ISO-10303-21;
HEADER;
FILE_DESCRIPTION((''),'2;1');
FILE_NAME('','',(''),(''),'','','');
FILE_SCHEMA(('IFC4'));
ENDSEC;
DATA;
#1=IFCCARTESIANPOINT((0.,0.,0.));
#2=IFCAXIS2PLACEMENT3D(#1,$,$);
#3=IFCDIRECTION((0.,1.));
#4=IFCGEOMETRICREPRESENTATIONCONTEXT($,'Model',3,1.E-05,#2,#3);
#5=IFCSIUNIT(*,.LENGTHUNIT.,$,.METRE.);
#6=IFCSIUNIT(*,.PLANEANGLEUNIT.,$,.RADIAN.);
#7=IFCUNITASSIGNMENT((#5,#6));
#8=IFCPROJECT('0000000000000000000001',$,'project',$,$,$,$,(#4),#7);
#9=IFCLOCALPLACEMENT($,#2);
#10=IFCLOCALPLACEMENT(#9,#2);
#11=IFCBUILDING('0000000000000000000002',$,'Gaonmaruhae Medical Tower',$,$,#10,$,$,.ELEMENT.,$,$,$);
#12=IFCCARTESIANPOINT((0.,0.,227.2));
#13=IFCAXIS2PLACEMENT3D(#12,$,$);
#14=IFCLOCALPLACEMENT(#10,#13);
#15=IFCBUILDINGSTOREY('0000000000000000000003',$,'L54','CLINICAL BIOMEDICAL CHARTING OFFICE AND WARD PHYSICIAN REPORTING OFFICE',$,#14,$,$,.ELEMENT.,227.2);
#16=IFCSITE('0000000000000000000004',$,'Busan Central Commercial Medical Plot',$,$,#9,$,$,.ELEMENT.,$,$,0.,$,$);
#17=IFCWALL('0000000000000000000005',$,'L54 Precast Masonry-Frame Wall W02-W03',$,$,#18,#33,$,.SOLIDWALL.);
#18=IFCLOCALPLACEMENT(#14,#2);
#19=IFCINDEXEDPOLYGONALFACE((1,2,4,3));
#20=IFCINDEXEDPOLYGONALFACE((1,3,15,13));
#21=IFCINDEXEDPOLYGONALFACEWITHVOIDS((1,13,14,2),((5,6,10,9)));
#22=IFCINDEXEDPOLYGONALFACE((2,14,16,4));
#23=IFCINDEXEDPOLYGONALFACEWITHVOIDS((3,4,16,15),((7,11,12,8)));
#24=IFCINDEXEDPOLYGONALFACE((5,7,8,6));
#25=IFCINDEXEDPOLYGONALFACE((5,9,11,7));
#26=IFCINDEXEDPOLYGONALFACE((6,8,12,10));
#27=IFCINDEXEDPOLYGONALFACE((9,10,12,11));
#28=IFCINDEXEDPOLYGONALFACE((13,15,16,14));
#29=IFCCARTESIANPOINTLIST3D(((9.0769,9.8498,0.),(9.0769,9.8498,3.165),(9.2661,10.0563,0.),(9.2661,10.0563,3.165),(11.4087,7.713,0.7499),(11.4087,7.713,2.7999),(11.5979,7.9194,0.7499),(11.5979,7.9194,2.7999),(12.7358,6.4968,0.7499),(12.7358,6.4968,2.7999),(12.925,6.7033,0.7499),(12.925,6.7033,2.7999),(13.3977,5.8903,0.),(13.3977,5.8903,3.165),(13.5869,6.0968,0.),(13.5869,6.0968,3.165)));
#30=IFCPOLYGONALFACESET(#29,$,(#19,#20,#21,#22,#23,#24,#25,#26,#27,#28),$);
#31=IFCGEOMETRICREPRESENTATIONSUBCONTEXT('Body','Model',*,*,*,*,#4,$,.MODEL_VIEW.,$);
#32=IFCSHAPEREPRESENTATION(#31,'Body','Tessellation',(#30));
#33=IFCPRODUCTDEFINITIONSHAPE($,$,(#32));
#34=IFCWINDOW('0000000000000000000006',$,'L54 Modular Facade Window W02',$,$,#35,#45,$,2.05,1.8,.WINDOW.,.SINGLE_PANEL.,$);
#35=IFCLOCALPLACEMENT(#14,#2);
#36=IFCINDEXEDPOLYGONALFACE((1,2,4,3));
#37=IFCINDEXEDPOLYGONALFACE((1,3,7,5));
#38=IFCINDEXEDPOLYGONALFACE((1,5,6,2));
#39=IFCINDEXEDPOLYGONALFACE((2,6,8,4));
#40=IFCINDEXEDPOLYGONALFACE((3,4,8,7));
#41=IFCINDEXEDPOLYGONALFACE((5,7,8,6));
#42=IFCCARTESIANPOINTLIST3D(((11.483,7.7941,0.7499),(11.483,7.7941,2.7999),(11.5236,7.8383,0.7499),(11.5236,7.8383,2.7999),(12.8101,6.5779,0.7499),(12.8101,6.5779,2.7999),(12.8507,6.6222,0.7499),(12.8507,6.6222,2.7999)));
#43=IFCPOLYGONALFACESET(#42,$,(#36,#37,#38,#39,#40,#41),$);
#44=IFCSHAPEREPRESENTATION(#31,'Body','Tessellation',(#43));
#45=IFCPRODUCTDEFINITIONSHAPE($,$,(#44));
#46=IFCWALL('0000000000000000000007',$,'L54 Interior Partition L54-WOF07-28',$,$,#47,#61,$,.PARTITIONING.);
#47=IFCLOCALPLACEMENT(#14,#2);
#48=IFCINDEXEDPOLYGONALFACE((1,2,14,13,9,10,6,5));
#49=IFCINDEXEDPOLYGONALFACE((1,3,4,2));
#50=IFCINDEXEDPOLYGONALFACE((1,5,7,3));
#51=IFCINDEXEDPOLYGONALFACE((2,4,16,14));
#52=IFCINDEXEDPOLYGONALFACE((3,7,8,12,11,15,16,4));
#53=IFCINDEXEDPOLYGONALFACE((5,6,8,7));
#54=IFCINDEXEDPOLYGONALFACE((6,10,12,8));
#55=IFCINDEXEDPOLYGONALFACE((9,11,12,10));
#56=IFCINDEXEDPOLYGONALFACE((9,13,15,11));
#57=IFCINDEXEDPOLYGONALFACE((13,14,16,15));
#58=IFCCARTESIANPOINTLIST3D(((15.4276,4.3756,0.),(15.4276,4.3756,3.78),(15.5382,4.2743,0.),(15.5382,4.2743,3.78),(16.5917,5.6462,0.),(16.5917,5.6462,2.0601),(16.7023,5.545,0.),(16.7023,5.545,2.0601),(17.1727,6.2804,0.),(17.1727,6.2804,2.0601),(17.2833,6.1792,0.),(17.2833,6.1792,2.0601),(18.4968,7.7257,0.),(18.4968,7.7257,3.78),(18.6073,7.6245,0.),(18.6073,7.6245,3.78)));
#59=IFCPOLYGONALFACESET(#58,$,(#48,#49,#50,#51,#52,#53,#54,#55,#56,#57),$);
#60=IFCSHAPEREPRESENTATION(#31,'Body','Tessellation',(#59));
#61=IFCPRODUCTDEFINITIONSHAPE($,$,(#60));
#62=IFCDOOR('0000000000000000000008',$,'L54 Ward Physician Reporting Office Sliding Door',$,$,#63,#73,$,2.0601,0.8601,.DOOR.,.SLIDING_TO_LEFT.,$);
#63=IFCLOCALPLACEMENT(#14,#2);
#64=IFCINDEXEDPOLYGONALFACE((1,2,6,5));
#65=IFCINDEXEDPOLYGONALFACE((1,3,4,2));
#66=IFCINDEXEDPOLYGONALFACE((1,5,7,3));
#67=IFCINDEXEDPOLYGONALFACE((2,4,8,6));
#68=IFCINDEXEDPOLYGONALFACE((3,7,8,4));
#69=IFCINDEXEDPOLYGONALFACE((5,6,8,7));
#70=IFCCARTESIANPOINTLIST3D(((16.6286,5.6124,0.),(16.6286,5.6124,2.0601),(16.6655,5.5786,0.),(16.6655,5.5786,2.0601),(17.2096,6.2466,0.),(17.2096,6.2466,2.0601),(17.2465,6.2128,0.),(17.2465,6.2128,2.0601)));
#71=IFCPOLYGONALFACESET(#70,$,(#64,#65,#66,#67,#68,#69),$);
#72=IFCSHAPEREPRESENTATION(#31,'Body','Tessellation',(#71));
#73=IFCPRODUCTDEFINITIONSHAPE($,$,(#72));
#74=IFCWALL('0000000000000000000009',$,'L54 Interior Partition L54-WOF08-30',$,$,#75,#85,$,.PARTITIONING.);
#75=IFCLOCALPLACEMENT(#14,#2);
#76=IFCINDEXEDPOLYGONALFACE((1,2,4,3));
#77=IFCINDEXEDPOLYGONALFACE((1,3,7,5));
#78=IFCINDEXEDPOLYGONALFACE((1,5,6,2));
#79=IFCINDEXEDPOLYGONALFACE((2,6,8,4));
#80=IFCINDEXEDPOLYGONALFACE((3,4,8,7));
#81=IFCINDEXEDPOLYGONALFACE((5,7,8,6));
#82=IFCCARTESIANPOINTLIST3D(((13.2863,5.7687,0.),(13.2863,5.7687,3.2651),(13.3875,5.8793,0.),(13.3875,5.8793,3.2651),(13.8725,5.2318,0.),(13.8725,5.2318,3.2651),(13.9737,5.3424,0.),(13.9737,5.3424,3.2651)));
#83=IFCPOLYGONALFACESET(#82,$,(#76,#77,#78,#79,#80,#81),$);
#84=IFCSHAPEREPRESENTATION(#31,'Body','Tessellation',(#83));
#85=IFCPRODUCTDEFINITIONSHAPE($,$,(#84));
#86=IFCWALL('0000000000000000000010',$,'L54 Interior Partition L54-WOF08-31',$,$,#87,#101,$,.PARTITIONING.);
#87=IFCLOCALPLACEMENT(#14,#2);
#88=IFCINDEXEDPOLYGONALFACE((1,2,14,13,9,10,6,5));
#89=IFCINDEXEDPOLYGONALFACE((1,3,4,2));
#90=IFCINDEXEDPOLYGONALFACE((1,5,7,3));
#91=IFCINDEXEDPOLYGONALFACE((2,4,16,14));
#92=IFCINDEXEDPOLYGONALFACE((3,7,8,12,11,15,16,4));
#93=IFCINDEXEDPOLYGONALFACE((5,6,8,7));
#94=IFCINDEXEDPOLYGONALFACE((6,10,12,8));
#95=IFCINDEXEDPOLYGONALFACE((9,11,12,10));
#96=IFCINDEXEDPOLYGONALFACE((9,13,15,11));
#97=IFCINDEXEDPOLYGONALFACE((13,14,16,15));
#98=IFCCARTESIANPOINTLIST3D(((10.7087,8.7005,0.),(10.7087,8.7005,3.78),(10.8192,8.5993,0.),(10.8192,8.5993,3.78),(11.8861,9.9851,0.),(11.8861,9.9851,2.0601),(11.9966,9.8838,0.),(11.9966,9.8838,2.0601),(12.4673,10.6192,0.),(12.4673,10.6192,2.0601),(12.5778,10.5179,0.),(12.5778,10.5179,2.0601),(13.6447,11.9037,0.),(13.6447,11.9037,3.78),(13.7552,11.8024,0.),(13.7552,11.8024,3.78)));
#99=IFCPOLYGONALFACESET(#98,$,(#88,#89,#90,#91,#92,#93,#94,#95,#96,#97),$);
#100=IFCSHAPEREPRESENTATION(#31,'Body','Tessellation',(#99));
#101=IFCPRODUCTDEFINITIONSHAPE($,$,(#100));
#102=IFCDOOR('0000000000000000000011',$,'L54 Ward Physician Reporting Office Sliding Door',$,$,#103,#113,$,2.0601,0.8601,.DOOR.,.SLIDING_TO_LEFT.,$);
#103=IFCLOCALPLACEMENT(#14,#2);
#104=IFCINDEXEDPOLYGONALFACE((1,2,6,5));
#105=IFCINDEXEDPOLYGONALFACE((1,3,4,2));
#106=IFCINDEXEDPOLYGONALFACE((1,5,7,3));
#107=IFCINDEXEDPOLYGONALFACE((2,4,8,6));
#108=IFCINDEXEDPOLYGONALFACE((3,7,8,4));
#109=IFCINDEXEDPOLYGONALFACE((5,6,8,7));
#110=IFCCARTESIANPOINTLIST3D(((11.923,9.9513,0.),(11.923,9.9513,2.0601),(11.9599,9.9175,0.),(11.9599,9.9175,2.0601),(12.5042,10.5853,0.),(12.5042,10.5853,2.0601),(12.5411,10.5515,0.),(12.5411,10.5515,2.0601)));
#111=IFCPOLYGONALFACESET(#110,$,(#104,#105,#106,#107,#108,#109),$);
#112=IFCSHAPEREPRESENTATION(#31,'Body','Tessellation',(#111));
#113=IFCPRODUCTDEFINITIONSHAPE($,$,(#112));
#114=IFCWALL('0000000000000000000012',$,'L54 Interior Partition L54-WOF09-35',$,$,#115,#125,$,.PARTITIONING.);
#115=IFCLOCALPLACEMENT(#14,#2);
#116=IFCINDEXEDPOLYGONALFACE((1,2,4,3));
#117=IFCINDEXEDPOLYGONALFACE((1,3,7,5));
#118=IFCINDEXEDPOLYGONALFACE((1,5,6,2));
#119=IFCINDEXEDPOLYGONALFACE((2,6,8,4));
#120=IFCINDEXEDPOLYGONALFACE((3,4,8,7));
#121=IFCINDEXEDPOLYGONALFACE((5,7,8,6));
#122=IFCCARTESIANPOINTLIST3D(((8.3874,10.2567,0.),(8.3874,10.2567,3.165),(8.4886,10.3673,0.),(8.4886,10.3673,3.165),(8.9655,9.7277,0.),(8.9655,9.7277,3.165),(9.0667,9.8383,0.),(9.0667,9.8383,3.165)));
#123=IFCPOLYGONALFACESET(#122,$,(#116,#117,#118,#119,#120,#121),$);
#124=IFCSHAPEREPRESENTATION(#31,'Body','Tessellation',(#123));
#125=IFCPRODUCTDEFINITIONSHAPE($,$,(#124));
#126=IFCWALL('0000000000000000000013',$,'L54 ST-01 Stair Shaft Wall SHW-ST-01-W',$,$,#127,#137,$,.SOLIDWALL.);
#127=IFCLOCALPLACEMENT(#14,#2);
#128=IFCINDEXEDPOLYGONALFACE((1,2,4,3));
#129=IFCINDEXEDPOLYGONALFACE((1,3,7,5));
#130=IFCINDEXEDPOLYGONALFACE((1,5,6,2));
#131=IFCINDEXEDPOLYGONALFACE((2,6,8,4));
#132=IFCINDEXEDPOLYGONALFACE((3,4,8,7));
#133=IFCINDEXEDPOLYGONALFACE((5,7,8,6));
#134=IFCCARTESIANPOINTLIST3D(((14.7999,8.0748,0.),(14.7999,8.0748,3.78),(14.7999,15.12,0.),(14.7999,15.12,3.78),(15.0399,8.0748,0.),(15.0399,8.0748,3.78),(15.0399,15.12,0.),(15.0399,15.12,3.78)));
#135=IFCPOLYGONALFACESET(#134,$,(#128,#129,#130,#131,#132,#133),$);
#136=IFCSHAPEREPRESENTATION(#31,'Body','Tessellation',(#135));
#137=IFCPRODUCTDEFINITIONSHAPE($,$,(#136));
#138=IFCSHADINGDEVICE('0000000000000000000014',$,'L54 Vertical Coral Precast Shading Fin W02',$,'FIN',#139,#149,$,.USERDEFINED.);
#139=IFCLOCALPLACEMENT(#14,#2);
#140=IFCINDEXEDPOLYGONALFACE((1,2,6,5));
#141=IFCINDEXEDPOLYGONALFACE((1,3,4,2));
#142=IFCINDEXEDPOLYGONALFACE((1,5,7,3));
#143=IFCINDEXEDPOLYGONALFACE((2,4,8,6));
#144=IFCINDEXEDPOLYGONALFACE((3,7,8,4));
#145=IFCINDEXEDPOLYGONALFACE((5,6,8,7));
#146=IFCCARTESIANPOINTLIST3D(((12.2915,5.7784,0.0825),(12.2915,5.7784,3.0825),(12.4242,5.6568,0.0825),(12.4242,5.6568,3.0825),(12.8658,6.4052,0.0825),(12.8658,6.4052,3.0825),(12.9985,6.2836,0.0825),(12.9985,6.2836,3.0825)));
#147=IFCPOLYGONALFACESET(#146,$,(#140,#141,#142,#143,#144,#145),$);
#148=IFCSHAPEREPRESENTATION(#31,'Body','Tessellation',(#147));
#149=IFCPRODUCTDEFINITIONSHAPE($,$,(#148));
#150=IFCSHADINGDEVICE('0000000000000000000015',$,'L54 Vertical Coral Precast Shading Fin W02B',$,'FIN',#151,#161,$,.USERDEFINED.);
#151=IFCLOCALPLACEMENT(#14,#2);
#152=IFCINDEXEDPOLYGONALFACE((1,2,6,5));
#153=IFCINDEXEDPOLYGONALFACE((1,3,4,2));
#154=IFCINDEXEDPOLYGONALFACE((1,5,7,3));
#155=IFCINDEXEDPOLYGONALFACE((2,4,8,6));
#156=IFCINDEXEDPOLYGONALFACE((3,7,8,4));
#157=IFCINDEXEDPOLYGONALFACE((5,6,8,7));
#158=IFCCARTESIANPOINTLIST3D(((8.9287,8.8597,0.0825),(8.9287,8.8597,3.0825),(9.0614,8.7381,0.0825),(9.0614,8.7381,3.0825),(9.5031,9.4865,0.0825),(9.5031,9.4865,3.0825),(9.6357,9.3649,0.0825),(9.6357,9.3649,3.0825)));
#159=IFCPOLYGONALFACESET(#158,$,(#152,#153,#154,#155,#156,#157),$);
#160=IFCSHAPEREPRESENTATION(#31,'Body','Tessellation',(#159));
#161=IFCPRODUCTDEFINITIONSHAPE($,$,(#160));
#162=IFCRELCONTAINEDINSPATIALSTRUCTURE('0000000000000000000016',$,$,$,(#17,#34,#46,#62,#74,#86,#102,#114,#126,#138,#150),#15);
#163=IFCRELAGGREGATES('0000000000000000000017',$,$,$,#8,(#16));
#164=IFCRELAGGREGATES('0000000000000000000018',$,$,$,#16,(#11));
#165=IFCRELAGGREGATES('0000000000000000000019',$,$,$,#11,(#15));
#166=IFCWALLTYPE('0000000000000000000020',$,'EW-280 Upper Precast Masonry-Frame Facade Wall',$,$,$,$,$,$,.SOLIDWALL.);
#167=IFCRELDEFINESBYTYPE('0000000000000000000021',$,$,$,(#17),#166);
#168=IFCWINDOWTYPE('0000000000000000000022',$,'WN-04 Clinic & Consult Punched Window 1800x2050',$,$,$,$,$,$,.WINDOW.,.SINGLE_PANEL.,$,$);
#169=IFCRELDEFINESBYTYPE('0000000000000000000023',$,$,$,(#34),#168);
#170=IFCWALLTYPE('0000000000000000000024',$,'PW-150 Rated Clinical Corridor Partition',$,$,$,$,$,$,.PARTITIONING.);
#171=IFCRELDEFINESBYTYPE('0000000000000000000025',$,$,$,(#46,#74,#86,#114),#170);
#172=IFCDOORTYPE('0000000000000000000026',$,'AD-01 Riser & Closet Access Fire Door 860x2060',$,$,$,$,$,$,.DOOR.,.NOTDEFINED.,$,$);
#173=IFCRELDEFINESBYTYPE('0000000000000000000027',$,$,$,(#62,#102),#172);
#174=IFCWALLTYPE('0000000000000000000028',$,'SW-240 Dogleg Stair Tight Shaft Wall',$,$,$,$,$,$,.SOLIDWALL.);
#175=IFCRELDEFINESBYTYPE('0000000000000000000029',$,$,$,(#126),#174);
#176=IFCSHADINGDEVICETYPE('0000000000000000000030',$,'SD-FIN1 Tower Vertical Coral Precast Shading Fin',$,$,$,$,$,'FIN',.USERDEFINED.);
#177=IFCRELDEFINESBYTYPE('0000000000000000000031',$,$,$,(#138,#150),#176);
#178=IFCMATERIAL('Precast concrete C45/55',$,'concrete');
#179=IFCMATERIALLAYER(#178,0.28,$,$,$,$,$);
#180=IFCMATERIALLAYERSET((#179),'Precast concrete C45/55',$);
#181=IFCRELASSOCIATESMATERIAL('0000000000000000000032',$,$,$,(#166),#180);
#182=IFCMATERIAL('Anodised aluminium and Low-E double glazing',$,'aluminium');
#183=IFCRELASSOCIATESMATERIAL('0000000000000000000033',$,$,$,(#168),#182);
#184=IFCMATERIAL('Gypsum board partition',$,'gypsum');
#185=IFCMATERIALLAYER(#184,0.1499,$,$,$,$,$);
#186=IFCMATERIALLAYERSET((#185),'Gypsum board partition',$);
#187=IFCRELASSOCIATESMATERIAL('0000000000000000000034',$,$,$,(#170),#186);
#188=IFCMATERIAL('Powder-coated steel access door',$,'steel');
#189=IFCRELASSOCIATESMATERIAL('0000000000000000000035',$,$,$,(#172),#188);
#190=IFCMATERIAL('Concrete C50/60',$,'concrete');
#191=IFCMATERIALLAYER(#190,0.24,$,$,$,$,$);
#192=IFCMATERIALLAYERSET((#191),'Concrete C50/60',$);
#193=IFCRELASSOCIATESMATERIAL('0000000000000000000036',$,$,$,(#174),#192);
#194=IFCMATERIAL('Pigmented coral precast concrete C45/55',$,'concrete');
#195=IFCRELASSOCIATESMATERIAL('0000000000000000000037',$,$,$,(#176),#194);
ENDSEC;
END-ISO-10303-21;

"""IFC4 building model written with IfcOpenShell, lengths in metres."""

from ifc_helpers import new_model, si_unit, direction, frame, frame_2d, origin, origin_2d, place, context, subcontext, project, spatial, rectangle, extrude, material, layer, layer_set, type_object, element, fill, save


model = new_model("IFC4")

# Units and contexts
model_context = context("Model", 3, precision=1e-05, world=origin(), true_north=direction((0.0, 1.0)))
body_context = subcontext(model_context, "Body", "Model", "MODEL_VIEW")
ifc_project = project(units=[si_unit("LENGTHUNIT", "METRE"), si_unit("PLANEANGLEUNIT", "RADIAN")], contexts=[model_context])

# Site, building, storey
site_placement = place(None, origin())
site = spatial("IfcSite", under=ifc_project, at=site_placement, Name="Busan Central Commercial Medical Plot", CompositionType="ELEMENT", RefElevation=0.0)
building_placement = place(site_placement, origin())
building = spatial("IfcBuilding", under=site, at=building_placement, Name="Gaonmaruhae Medical Tower", CompositionType="ELEMENT")
storey_placement = place(building_placement, frame((0.0, 0.0, 227.2)))
storey = spatial("IfcBuildingStorey", under=building, at=storey_placement, Name="L54", Description="CLINICAL BIOMEDICAL CHARTING OFFICE AND WARD PHYSICIAN REPORTING OFFICE", CompositionType="ELEMENT", Elevation=227.2)

# Shared definitions
ifc_material_1 = material(Name="Concrete C50/60", Category="concrete")

# Wall, opening, window
ifc_material_2 = material(Name="Precast concrete C45/55", Category="concrete")
ifc_layer_1 = layer(ifc_material_2, 0.28)
ifc_layer_set_1 = layer_set([ifc_layer_1], Name="Precast concrete C45/55")
wall_type_1 = type_object("IfcWallType", Name="EW-280 Upper Precast Masonry-Frame Facade Wall", PredefinedType="SOLIDWALL", material=ifc_layer_set_1)
wall_1_placement = place(storey_placement, frame((13.4922, 5.9937, 0.0), z_axis=(0.0, 0.0, 1.0), x_axis=(-0.737261, 0.675608, 0.0)))
wall_1 = element("IfcWall", 1, at=wall_1_placement, inside=storey, type_object=wall_type_1, Name="L54 Precast Masonry-Frame Wall W02-W03", PredefinedType="SOLIDWALL", context=body_context, shape_type="SweptSolid", body=[
    extrude(rectangle(XDim=5.8606, YDim=0.28, at=frame_2d((2.9302, 0.0))), origin(), (0.0, 0.0, 1.0), 3.165),
])
opening_1_placement = place(wall_1_placement, frame((0.8977, 0.0, 0.75)))
opening_1 = element("IfcOpeningElement", 2, at=opening_1_placement, cuts=wall_1, PredefinedType="OPENING", context=body_context, shape_type="SweptSolid", body=[
    extrude(rectangle(XDim=1.8, YDim=2.05, at=frame_2d((0.8999, 1.0249))), frame((0.0, 0.1499, 0.0), z_axis=(0.0, -1.0, 0.0), x_axis=(1.0, 0.0, 0.0)), (0.0, 0.0, 1.0), 0.3),
])
ifc_material_3 = material(Name="Anodised aluminium and Low-E double glazing", Category="aluminium")
window_type = type_object("IfcWindowType", Name="WN-04 Clinic & Consult Punched Window 1800x2050", PartitioningType="SINGLE_PANEL", PredefinedType="WINDOW", material=ifc_material_3)
window_placement = place(opening_1_placement, origin())
window = element("IfcWindow", 3, at=window_placement, inside=storey, type_object=window_type, Name="L54 Modular Facade Window W02", OverallHeight=2.05, OverallWidth=1.8, PartitioningType="SINGLE_PANEL", PredefinedType="WINDOW", context=body_context, shape_type="SweptSolid", body=[
    extrude(rectangle(XDim=1.8, YDim=2.05, at=frame_2d((0.8999, 1.0249))), frame((0.0, 0.03, 0.0), z_axis=(0.0, -1.0, 0.0), x_axis=(1.0, 0.0, 0.0)), (0.0, 0.0, 1.0), 0.0601),
])
fill(opening_1, window)

# Wall, opening, door
ifc_material_4 = material(Name="Gypsum board partition", Category="gypsum")
ifc_layer_2 = layer(ifc_material_4, 0.1499)
ifc_layer_set_2 = layer_set([ifc_layer_2], Name="Gypsum board partition")
wall_type_2 = type_object("IfcWallType", Name="PW-150 Rated Clinical Corridor Partition", PredefinedType="PARTITIONING", material=ifc_layer_set_2)
wall_2_placement = place(storey_placement, frame((15.4829, 4.325, 0.0), z_axis=(0.0, 0.0, 1.0), x_axis=(0.675506, 0.737355, 0.0)))
wall_2 = element("IfcWall", 4, at=wall_2_placement, inside=storey, type_object=wall_type_2, Name="L54 Interior Partition L54-WOF07-28", PredefinedType="PARTITIONING", context=body_context, shape_type="SweptSolid", body=[
    extrude(rectangle(XDim=4.5435, YDim=0.1499, at=frame_2d((2.2717, 0.0))), origin(), (0.0, 0.0, 1.0), 3.78),
])
opening_2_placement = place(wall_2_placement, frame((1.7231, 0.0, 0.0)))
opening_2 = element("IfcOpeningElement", 5, at=opening_2_placement, cuts=wall_2, PredefinedType="OPENING", context=body_context, shape_type="SweptSolid", body=[
    extrude(rectangle(XDim=0.8601, YDim=2.0601, at=frame_2d((0.4302, 1.03))), frame((0.0, 0.085, 0.0), z_axis=(0.0, -1.0, 0.0), x_axis=(1.0, 0.0, 0.0)), (0.0, 0.0, 1.0), 0.1699),
])
ifc_material_5 = material(Name="Powder-coated steel access door", Category="steel")
door_type = type_object("IfcDoorType", Name="AD-01 Riser & Closet Access Fire Door 860x2060", OperationType="NOTDEFINED", PredefinedType="DOOR", material=ifc_material_5)
door_1_placement = place(opening_2_placement, origin())
door_1 = element("IfcDoor", 6, at=door_1_placement, inside=storey, type_object=door_type, Name="L54 Ward Physician Reporting Office Sliding Door", OperationType="SLIDING_TO_LEFT", OverallHeight=2.0601, OverallWidth=0.8601, PredefinedType="DOOR", context=body_context, shape_type="SweptSolid", body=[
    extrude(rectangle(XDim=0.8601, YDim=2.0601, at=frame_2d((0.4302, 1.03))), frame((0.0, 0.0249, 0.0), z_axis=(0.0, -1.0, 0.0), x_axis=(1.0, 0.0, 0.0)), (0.0, 0.0, 1.0), 0.05),
])
fill(opening_2, door_1)

# Wall
wall_3_placement = place(storey_placement, frame((13.9231, 5.2871, 0.0), z_axis=(0.0, 0.0, 1.0), x_axis=(-0.737447, 0.675405, 0.0)))
element("IfcWall", 7, at=wall_3_placement, inside=storey, type_object=wall_type_2, Name="L54 Interior Partition L54-WOF08-30", PredefinedType="PARTITIONING", context=body_context, shape_type="SweptSolid", body=[
    extrude(rectangle(XDim=0.7949, YDim=0.1499, at=frame_2d((0.3975, 0.0))), origin(), (0.0, 0.0, 1.0), 3.2651),
])

# Wall, opening, door
wall_4_placement = place(storey_placement, frame((10.7639, 8.6499, 0.0), z_axis=(0.0, 0.0, 1.0), x_axis=(0.675704, 0.737173, 0.0)))
wall_4 = element("IfcWall", 8, at=wall_4_placement, inside=storey, type_object=wall_type_2, Name="L54 Interior Partition L54-WOF08-31", PredefinedType="PARTITIONING", context=body_context, shape_type="SweptSolid", body=[
    extrude(rectangle(XDim=4.3452, YDim=0.1499, at=frame_2d((2.1726, 0.0))), origin(), (0.0, 0.0, 1.0), 3.78),
])
opening_3_placement = place(wall_4_placement, frame((1.7424, 0.0, 0.0)))
opening_3 = element("IfcOpeningElement", 9, at=opening_3_placement, cuts=wall_4, PredefinedType="OPENING", context=body_context, shape_type="SweptSolid", body=[
    extrude(rectangle(XDim=0.8601, YDim=2.0601, at=frame_2d((0.4302, 1.03))), frame((0.0, 0.085, 0.0), z_axis=(0.0, -1.0, 0.0), x_axis=(1.0, 0.0, 0.0)), (0.0, 0.0, 1.0), 0.1699),
])
door_2_placement = place(opening_3_placement, origin())
door_2 = element("IfcDoor", 10, at=door_2_placement, inside=storey, type_object=door_type, Name="L54 Ward Physician Reporting Office Sliding Door", OperationType="SLIDING_TO_LEFT", OverallHeight=2.0601, OverallWidth=0.8601, PredefinedType="DOOR", context=body_context, shape_type="SweptSolid", body=[
    extrude(rectangle(XDim=0.8601, YDim=2.0601, at=frame_2d((0.4302, 1.03))), frame((0.0, 0.0249, 0.0), z_axis=(0.0, -1.0, 0.0), x_axis=(1.0, 0.0, 0.0)), (0.0, 0.0, 1.0), 0.05),
])
fill(opening_3, door_2)

# Walls
wall_5_placement = place(storey_placement, frame((9.0161, 9.783, 0.0), z_axis=(0.0, 0.0, 1.0), x_axis=(-0.737723, 0.675104, 0.0)))
element("IfcWall", 11, at=wall_5_placement, inside=storey, type_object=wall_type_2, Name="L54 Interior Partition L54-WOF09-35", PredefinedType="PARTITIONING", context=body_context, shape_type="SweptSolid", body=[
    extrude(rectangle(XDim=0.7837, YDim=0.1499, at=frame_2d((0.3918, 0.0))), origin(), (0.0, 0.0, 1.0), 3.165),
])
ifc_layer_3 = layer(ifc_material_1, 0.24)
ifc_layer_set_3 = layer_set([ifc_layer_3], Name="Concrete C50/60")
wall_type_3 = type_object("IfcWallType", Name="SW-240 Dogleg Stair Tight Shaft Wall", PredefinedType="SOLIDWALL", material=ifc_layer_set_3)
wall_6_placement = place(storey_placement, frame((14.9199, 8.075, 0.0), z_axis=(0.0, 0.0, 1.0), x_axis=(0.0, 1.0, 0.0)))
element("IfcWall", 12, at=wall_6_placement, inside=storey, type_object=wall_type_3, Name="L54 ST-01 Stair Shaft Wall SHW-ST-01-W", PredefinedType="SOLIDWALL", context=body_context, shape_type="SweptSolid", body=[
    extrude(rectangle(XDim=7.0452, YDim=0.24, at=frame_2d((3.5225, 0.0))), origin(), (0.0, 0.0, 1.0), 3.78),
])

# Shading devices
ifc_material_6 = material(Name="Pigmented coral precast concrete C45/55", Category="concrete")
shading_device_type = type_object("IfcShadingDeviceType", Name="SD-FIN1 Tower Vertical Coral Precast Shading Fin", ElementType="FIN", PredefinedType="USERDEFINED", material=ifc_material_6)
for number, where, z_axis, x_axis, name in (
    (13, (12.645, 6.031, 0.0825), (0.0, 0.0, 1.0), (-0.737277, 0.67559, 0.0), "L54 Vertical Coral Precast Shading Fin W02"),
    (14, (9.2822, 9.1123, 0.0825), (0.0, 0.0, 1.0), (-0.737277, 0.67559, 0.0), "L54 Vertical Coral Precast Shading Fin W02B"),
):
    element("IfcShadingDevice", number, at=place(storey_placement, frame(where, z_axis=z_axis, x_axis=x_axis)), inside=storey, type_object=shading_device_type, Name=name, ObjectType="FIN", PredefinedType="USERDEFINED", context=body_context, shape_type="SweptSolid", body=[
        extrude(rectangle(XDim=0.1799, YDim=0.8501, at=origin_2d()), origin(), (0.0, 0.0, 1.0), 3.0),
    ])

save(model, "model.ifc")
